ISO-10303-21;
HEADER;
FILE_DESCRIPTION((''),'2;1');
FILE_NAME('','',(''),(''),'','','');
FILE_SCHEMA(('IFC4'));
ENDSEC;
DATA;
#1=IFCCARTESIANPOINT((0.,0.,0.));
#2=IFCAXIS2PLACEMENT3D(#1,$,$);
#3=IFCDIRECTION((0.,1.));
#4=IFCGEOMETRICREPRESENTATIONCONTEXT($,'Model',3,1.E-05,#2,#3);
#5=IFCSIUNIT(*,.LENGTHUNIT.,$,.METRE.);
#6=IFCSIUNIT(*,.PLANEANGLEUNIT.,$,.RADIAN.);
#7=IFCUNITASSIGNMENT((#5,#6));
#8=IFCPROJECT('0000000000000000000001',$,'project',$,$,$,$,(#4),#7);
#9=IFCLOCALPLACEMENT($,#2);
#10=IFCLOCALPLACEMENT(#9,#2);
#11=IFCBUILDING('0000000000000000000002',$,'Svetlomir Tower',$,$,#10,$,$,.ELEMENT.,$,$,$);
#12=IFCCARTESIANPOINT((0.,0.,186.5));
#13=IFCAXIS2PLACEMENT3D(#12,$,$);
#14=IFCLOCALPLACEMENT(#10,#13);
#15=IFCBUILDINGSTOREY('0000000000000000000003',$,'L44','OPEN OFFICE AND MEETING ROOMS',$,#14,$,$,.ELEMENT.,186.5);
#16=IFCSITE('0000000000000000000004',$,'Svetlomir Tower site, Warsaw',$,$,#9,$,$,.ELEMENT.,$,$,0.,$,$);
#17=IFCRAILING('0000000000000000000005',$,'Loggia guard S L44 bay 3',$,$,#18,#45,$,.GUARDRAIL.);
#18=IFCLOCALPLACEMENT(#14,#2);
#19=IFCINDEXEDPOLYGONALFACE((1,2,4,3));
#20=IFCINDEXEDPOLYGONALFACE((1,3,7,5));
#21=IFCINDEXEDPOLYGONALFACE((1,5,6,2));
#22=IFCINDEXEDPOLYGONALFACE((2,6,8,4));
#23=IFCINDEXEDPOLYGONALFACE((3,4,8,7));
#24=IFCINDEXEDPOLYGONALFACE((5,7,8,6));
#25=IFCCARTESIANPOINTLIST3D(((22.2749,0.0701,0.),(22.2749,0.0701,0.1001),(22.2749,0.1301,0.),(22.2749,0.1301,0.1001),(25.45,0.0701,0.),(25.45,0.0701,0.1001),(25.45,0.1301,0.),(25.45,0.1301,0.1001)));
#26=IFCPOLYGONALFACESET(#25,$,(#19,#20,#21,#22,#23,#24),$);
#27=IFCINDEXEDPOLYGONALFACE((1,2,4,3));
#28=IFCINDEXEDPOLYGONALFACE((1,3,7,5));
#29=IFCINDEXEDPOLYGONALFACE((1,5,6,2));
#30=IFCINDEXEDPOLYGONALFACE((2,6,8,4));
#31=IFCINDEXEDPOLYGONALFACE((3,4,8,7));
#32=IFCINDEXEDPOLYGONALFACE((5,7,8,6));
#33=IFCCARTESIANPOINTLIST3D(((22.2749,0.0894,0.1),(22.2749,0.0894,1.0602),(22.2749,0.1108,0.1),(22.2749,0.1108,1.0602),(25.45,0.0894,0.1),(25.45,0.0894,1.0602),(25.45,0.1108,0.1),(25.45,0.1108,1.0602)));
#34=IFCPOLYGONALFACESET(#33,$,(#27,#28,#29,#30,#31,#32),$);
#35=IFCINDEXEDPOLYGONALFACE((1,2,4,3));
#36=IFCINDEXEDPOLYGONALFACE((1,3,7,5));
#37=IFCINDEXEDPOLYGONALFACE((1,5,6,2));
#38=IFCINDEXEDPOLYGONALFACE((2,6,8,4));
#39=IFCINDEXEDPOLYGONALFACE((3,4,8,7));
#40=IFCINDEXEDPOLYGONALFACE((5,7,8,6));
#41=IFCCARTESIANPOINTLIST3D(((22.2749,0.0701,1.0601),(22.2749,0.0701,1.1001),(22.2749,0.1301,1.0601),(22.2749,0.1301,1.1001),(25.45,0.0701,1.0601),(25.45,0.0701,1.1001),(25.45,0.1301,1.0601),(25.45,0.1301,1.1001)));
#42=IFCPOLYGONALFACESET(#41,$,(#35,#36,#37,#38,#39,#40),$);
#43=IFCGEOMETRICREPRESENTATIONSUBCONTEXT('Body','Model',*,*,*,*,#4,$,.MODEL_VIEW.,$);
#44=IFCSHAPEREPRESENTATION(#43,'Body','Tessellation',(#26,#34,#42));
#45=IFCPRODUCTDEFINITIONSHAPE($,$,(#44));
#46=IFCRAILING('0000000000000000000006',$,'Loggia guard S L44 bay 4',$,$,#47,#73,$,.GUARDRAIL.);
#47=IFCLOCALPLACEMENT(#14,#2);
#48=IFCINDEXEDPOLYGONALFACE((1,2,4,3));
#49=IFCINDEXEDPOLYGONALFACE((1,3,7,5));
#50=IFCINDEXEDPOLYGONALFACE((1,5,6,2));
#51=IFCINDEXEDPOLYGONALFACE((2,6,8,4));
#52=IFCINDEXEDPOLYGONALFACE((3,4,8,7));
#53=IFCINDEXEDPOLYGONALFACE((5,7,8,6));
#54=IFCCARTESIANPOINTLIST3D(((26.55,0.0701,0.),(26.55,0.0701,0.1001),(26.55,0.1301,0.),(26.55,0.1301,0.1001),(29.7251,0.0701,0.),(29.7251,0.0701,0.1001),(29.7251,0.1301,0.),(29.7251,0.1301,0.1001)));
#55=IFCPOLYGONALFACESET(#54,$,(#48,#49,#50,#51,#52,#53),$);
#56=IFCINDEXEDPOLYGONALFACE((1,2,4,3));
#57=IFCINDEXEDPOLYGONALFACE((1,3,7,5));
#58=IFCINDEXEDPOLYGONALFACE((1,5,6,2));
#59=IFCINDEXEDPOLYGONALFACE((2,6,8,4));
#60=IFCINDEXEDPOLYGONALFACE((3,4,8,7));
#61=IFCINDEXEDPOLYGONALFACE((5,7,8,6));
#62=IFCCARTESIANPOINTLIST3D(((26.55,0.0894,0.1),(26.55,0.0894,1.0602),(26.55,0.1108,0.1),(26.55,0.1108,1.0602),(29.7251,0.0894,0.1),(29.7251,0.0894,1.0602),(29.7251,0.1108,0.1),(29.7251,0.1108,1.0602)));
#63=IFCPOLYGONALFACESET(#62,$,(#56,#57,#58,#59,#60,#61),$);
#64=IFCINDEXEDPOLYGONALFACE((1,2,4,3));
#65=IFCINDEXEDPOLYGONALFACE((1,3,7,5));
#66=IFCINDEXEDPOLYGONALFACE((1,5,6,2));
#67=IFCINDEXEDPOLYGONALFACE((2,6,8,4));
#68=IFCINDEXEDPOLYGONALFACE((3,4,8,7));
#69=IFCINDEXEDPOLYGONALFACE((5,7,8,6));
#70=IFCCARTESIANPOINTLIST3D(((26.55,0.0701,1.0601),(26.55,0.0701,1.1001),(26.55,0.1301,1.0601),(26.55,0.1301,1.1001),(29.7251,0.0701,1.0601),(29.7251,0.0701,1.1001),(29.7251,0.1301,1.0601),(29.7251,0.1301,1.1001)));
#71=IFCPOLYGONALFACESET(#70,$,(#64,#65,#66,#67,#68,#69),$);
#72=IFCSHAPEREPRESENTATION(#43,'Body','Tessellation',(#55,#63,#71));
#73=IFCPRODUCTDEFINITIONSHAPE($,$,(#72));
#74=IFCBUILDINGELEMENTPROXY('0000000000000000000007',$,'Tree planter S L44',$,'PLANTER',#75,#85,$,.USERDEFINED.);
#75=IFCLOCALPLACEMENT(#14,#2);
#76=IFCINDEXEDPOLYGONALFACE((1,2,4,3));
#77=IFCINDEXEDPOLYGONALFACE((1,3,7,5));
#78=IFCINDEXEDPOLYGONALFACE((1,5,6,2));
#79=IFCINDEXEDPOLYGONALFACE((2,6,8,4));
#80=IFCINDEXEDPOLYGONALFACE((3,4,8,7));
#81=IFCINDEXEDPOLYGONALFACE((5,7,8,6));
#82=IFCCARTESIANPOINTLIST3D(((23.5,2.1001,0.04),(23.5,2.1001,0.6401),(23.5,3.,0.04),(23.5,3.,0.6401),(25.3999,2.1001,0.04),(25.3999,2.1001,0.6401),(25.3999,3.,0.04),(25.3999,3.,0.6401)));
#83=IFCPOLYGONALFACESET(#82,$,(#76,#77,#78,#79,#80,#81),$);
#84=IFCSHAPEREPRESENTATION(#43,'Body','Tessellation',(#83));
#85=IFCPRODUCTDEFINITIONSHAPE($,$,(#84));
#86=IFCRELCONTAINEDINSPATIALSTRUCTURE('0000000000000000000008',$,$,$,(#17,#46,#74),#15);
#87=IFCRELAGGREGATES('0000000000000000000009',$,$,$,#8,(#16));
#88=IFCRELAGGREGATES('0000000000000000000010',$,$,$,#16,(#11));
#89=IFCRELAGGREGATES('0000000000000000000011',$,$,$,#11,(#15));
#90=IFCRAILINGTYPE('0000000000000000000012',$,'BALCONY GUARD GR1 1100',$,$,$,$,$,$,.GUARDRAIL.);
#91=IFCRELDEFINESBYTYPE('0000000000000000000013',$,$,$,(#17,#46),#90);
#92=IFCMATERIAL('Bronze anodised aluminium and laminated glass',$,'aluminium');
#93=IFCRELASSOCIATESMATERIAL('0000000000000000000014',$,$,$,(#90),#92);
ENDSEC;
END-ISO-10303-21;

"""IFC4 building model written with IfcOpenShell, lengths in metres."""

from ifc_helpers import new_model, si_unit, direction, frame, origin, origin_2d, place, context, subcontext, project, spatial, rectangle, extrude, material, type_object, element, save


model = new_model("IFC4")

# Units and contexts
model_context = context("Model", 3, precision=1e-05, world=origin(), true_north=direction((0.0, 1.0)))
body_context = subcontext(model_context, "Body", "Model", "MODEL_VIEW")
ifc_project = project(units=[si_unit("LENGTHUNIT", "METRE"), si_unit("PLANEANGLEUNIT", "RADIAN")], contexts=[model_context])

# Site, building, storey
site_placement = place(None, origin())
site = spatial("IfcSite", under=ifc_project, at=site_placement, Name="Svetlomir Tower site, Warsaw", CompositionType="ELEMENT", RefElevation=0.0)
building_placement = place(site_placement, origin())
building = spatial("IfcBuilding", under=site, at=building_placement, Name="Svetlomir Tower", CompositionType="ELEMENT")
storey_placement = place(building_placement, frame((0.0, 0.0, 186.5)))
storey = spatial("IfcBuildingStorey", under=building, at=storey_placement, Name="L44", Description="OPEN OFFICE AND MEETING ROOMS", CompositionType="ELEMENT", Elevation=186.5)

# Railings
ifc_material_1 = material(Name="Bronze anodised aluminium and laminated glass", Category="aluminium")
railing_type = type_object("IfcRailingType", Name="BALCONY GUARD GR1 1100", PredefinedType="GUARDRAIL", material=ifc_material_1)
for number, where, name in (
    (1, (22.2749, 0.1001, 0.0), "Loggia guard S L44 bay 3"),
    (2, (26.55, 0.1001, 0.0), "Loggia guard S L44 bay 4"),
):
    element("IfcRailing", number, at=place(storey_placement, frame(where)), inside=storey, type_object=railing_type, Name=name, PredefinedType="GUARDRAIL", context=body_context, shape_type="SweptSolid", body=[
        extrude(rectangle(XDim=0.0601, YDim=0.1001, at=origin_2d()), frame((0.0, 0.0, 0.05), z_axis=(1.0, 0.0, 0.0), x_axis=(0.0, 1.0, 0.0)), (0.0, 0.0, 1.0), 3.175),
        extrude(rectangle(XDim=0.0215, YDim=0.9602, at=origin_2d()), frame((0.0, 0.0, 0.5801), z_axis=(1.0, 0.0, 0.0), x_axis=(0.0, 1.0, 0.0)), (0.0, 0.0, 1.0), 3.175),
        extrude(rectangle(XDim=0.0601, YDim=0.04, at=origin_2d()), frame((0.0, 0.0, 1.0801), z_axis=(1.0, 0.0, 0.0), x_axis=(0.0, 1.0, 0.0)), (0.0, 0.0, 1.0), 3.175),
    ])

# Building element proxy
proxy_placement = place(storey_placement, frame((24.45, 2.55, 0.04), z_axis=(0.0, 0.0, 1.0), x_axis=(1.0, 0.0, 0.0)))
element("IfcBuildingElementProxy", 3, at=proxy_placement, inside=storey, Name="Tree planter S L44", ObjectType="PLANTER", PredefinedType="USERDEFINED", context=body_context, shape_type="SweptSolid", body=[
    extrude(rectangle(XDim=1.8999, YDim=0.8999, at=origin_2d()), origin(), (0.0, 0.0, 1.0), 0.6001),
])

save(model, "model.ifc")
